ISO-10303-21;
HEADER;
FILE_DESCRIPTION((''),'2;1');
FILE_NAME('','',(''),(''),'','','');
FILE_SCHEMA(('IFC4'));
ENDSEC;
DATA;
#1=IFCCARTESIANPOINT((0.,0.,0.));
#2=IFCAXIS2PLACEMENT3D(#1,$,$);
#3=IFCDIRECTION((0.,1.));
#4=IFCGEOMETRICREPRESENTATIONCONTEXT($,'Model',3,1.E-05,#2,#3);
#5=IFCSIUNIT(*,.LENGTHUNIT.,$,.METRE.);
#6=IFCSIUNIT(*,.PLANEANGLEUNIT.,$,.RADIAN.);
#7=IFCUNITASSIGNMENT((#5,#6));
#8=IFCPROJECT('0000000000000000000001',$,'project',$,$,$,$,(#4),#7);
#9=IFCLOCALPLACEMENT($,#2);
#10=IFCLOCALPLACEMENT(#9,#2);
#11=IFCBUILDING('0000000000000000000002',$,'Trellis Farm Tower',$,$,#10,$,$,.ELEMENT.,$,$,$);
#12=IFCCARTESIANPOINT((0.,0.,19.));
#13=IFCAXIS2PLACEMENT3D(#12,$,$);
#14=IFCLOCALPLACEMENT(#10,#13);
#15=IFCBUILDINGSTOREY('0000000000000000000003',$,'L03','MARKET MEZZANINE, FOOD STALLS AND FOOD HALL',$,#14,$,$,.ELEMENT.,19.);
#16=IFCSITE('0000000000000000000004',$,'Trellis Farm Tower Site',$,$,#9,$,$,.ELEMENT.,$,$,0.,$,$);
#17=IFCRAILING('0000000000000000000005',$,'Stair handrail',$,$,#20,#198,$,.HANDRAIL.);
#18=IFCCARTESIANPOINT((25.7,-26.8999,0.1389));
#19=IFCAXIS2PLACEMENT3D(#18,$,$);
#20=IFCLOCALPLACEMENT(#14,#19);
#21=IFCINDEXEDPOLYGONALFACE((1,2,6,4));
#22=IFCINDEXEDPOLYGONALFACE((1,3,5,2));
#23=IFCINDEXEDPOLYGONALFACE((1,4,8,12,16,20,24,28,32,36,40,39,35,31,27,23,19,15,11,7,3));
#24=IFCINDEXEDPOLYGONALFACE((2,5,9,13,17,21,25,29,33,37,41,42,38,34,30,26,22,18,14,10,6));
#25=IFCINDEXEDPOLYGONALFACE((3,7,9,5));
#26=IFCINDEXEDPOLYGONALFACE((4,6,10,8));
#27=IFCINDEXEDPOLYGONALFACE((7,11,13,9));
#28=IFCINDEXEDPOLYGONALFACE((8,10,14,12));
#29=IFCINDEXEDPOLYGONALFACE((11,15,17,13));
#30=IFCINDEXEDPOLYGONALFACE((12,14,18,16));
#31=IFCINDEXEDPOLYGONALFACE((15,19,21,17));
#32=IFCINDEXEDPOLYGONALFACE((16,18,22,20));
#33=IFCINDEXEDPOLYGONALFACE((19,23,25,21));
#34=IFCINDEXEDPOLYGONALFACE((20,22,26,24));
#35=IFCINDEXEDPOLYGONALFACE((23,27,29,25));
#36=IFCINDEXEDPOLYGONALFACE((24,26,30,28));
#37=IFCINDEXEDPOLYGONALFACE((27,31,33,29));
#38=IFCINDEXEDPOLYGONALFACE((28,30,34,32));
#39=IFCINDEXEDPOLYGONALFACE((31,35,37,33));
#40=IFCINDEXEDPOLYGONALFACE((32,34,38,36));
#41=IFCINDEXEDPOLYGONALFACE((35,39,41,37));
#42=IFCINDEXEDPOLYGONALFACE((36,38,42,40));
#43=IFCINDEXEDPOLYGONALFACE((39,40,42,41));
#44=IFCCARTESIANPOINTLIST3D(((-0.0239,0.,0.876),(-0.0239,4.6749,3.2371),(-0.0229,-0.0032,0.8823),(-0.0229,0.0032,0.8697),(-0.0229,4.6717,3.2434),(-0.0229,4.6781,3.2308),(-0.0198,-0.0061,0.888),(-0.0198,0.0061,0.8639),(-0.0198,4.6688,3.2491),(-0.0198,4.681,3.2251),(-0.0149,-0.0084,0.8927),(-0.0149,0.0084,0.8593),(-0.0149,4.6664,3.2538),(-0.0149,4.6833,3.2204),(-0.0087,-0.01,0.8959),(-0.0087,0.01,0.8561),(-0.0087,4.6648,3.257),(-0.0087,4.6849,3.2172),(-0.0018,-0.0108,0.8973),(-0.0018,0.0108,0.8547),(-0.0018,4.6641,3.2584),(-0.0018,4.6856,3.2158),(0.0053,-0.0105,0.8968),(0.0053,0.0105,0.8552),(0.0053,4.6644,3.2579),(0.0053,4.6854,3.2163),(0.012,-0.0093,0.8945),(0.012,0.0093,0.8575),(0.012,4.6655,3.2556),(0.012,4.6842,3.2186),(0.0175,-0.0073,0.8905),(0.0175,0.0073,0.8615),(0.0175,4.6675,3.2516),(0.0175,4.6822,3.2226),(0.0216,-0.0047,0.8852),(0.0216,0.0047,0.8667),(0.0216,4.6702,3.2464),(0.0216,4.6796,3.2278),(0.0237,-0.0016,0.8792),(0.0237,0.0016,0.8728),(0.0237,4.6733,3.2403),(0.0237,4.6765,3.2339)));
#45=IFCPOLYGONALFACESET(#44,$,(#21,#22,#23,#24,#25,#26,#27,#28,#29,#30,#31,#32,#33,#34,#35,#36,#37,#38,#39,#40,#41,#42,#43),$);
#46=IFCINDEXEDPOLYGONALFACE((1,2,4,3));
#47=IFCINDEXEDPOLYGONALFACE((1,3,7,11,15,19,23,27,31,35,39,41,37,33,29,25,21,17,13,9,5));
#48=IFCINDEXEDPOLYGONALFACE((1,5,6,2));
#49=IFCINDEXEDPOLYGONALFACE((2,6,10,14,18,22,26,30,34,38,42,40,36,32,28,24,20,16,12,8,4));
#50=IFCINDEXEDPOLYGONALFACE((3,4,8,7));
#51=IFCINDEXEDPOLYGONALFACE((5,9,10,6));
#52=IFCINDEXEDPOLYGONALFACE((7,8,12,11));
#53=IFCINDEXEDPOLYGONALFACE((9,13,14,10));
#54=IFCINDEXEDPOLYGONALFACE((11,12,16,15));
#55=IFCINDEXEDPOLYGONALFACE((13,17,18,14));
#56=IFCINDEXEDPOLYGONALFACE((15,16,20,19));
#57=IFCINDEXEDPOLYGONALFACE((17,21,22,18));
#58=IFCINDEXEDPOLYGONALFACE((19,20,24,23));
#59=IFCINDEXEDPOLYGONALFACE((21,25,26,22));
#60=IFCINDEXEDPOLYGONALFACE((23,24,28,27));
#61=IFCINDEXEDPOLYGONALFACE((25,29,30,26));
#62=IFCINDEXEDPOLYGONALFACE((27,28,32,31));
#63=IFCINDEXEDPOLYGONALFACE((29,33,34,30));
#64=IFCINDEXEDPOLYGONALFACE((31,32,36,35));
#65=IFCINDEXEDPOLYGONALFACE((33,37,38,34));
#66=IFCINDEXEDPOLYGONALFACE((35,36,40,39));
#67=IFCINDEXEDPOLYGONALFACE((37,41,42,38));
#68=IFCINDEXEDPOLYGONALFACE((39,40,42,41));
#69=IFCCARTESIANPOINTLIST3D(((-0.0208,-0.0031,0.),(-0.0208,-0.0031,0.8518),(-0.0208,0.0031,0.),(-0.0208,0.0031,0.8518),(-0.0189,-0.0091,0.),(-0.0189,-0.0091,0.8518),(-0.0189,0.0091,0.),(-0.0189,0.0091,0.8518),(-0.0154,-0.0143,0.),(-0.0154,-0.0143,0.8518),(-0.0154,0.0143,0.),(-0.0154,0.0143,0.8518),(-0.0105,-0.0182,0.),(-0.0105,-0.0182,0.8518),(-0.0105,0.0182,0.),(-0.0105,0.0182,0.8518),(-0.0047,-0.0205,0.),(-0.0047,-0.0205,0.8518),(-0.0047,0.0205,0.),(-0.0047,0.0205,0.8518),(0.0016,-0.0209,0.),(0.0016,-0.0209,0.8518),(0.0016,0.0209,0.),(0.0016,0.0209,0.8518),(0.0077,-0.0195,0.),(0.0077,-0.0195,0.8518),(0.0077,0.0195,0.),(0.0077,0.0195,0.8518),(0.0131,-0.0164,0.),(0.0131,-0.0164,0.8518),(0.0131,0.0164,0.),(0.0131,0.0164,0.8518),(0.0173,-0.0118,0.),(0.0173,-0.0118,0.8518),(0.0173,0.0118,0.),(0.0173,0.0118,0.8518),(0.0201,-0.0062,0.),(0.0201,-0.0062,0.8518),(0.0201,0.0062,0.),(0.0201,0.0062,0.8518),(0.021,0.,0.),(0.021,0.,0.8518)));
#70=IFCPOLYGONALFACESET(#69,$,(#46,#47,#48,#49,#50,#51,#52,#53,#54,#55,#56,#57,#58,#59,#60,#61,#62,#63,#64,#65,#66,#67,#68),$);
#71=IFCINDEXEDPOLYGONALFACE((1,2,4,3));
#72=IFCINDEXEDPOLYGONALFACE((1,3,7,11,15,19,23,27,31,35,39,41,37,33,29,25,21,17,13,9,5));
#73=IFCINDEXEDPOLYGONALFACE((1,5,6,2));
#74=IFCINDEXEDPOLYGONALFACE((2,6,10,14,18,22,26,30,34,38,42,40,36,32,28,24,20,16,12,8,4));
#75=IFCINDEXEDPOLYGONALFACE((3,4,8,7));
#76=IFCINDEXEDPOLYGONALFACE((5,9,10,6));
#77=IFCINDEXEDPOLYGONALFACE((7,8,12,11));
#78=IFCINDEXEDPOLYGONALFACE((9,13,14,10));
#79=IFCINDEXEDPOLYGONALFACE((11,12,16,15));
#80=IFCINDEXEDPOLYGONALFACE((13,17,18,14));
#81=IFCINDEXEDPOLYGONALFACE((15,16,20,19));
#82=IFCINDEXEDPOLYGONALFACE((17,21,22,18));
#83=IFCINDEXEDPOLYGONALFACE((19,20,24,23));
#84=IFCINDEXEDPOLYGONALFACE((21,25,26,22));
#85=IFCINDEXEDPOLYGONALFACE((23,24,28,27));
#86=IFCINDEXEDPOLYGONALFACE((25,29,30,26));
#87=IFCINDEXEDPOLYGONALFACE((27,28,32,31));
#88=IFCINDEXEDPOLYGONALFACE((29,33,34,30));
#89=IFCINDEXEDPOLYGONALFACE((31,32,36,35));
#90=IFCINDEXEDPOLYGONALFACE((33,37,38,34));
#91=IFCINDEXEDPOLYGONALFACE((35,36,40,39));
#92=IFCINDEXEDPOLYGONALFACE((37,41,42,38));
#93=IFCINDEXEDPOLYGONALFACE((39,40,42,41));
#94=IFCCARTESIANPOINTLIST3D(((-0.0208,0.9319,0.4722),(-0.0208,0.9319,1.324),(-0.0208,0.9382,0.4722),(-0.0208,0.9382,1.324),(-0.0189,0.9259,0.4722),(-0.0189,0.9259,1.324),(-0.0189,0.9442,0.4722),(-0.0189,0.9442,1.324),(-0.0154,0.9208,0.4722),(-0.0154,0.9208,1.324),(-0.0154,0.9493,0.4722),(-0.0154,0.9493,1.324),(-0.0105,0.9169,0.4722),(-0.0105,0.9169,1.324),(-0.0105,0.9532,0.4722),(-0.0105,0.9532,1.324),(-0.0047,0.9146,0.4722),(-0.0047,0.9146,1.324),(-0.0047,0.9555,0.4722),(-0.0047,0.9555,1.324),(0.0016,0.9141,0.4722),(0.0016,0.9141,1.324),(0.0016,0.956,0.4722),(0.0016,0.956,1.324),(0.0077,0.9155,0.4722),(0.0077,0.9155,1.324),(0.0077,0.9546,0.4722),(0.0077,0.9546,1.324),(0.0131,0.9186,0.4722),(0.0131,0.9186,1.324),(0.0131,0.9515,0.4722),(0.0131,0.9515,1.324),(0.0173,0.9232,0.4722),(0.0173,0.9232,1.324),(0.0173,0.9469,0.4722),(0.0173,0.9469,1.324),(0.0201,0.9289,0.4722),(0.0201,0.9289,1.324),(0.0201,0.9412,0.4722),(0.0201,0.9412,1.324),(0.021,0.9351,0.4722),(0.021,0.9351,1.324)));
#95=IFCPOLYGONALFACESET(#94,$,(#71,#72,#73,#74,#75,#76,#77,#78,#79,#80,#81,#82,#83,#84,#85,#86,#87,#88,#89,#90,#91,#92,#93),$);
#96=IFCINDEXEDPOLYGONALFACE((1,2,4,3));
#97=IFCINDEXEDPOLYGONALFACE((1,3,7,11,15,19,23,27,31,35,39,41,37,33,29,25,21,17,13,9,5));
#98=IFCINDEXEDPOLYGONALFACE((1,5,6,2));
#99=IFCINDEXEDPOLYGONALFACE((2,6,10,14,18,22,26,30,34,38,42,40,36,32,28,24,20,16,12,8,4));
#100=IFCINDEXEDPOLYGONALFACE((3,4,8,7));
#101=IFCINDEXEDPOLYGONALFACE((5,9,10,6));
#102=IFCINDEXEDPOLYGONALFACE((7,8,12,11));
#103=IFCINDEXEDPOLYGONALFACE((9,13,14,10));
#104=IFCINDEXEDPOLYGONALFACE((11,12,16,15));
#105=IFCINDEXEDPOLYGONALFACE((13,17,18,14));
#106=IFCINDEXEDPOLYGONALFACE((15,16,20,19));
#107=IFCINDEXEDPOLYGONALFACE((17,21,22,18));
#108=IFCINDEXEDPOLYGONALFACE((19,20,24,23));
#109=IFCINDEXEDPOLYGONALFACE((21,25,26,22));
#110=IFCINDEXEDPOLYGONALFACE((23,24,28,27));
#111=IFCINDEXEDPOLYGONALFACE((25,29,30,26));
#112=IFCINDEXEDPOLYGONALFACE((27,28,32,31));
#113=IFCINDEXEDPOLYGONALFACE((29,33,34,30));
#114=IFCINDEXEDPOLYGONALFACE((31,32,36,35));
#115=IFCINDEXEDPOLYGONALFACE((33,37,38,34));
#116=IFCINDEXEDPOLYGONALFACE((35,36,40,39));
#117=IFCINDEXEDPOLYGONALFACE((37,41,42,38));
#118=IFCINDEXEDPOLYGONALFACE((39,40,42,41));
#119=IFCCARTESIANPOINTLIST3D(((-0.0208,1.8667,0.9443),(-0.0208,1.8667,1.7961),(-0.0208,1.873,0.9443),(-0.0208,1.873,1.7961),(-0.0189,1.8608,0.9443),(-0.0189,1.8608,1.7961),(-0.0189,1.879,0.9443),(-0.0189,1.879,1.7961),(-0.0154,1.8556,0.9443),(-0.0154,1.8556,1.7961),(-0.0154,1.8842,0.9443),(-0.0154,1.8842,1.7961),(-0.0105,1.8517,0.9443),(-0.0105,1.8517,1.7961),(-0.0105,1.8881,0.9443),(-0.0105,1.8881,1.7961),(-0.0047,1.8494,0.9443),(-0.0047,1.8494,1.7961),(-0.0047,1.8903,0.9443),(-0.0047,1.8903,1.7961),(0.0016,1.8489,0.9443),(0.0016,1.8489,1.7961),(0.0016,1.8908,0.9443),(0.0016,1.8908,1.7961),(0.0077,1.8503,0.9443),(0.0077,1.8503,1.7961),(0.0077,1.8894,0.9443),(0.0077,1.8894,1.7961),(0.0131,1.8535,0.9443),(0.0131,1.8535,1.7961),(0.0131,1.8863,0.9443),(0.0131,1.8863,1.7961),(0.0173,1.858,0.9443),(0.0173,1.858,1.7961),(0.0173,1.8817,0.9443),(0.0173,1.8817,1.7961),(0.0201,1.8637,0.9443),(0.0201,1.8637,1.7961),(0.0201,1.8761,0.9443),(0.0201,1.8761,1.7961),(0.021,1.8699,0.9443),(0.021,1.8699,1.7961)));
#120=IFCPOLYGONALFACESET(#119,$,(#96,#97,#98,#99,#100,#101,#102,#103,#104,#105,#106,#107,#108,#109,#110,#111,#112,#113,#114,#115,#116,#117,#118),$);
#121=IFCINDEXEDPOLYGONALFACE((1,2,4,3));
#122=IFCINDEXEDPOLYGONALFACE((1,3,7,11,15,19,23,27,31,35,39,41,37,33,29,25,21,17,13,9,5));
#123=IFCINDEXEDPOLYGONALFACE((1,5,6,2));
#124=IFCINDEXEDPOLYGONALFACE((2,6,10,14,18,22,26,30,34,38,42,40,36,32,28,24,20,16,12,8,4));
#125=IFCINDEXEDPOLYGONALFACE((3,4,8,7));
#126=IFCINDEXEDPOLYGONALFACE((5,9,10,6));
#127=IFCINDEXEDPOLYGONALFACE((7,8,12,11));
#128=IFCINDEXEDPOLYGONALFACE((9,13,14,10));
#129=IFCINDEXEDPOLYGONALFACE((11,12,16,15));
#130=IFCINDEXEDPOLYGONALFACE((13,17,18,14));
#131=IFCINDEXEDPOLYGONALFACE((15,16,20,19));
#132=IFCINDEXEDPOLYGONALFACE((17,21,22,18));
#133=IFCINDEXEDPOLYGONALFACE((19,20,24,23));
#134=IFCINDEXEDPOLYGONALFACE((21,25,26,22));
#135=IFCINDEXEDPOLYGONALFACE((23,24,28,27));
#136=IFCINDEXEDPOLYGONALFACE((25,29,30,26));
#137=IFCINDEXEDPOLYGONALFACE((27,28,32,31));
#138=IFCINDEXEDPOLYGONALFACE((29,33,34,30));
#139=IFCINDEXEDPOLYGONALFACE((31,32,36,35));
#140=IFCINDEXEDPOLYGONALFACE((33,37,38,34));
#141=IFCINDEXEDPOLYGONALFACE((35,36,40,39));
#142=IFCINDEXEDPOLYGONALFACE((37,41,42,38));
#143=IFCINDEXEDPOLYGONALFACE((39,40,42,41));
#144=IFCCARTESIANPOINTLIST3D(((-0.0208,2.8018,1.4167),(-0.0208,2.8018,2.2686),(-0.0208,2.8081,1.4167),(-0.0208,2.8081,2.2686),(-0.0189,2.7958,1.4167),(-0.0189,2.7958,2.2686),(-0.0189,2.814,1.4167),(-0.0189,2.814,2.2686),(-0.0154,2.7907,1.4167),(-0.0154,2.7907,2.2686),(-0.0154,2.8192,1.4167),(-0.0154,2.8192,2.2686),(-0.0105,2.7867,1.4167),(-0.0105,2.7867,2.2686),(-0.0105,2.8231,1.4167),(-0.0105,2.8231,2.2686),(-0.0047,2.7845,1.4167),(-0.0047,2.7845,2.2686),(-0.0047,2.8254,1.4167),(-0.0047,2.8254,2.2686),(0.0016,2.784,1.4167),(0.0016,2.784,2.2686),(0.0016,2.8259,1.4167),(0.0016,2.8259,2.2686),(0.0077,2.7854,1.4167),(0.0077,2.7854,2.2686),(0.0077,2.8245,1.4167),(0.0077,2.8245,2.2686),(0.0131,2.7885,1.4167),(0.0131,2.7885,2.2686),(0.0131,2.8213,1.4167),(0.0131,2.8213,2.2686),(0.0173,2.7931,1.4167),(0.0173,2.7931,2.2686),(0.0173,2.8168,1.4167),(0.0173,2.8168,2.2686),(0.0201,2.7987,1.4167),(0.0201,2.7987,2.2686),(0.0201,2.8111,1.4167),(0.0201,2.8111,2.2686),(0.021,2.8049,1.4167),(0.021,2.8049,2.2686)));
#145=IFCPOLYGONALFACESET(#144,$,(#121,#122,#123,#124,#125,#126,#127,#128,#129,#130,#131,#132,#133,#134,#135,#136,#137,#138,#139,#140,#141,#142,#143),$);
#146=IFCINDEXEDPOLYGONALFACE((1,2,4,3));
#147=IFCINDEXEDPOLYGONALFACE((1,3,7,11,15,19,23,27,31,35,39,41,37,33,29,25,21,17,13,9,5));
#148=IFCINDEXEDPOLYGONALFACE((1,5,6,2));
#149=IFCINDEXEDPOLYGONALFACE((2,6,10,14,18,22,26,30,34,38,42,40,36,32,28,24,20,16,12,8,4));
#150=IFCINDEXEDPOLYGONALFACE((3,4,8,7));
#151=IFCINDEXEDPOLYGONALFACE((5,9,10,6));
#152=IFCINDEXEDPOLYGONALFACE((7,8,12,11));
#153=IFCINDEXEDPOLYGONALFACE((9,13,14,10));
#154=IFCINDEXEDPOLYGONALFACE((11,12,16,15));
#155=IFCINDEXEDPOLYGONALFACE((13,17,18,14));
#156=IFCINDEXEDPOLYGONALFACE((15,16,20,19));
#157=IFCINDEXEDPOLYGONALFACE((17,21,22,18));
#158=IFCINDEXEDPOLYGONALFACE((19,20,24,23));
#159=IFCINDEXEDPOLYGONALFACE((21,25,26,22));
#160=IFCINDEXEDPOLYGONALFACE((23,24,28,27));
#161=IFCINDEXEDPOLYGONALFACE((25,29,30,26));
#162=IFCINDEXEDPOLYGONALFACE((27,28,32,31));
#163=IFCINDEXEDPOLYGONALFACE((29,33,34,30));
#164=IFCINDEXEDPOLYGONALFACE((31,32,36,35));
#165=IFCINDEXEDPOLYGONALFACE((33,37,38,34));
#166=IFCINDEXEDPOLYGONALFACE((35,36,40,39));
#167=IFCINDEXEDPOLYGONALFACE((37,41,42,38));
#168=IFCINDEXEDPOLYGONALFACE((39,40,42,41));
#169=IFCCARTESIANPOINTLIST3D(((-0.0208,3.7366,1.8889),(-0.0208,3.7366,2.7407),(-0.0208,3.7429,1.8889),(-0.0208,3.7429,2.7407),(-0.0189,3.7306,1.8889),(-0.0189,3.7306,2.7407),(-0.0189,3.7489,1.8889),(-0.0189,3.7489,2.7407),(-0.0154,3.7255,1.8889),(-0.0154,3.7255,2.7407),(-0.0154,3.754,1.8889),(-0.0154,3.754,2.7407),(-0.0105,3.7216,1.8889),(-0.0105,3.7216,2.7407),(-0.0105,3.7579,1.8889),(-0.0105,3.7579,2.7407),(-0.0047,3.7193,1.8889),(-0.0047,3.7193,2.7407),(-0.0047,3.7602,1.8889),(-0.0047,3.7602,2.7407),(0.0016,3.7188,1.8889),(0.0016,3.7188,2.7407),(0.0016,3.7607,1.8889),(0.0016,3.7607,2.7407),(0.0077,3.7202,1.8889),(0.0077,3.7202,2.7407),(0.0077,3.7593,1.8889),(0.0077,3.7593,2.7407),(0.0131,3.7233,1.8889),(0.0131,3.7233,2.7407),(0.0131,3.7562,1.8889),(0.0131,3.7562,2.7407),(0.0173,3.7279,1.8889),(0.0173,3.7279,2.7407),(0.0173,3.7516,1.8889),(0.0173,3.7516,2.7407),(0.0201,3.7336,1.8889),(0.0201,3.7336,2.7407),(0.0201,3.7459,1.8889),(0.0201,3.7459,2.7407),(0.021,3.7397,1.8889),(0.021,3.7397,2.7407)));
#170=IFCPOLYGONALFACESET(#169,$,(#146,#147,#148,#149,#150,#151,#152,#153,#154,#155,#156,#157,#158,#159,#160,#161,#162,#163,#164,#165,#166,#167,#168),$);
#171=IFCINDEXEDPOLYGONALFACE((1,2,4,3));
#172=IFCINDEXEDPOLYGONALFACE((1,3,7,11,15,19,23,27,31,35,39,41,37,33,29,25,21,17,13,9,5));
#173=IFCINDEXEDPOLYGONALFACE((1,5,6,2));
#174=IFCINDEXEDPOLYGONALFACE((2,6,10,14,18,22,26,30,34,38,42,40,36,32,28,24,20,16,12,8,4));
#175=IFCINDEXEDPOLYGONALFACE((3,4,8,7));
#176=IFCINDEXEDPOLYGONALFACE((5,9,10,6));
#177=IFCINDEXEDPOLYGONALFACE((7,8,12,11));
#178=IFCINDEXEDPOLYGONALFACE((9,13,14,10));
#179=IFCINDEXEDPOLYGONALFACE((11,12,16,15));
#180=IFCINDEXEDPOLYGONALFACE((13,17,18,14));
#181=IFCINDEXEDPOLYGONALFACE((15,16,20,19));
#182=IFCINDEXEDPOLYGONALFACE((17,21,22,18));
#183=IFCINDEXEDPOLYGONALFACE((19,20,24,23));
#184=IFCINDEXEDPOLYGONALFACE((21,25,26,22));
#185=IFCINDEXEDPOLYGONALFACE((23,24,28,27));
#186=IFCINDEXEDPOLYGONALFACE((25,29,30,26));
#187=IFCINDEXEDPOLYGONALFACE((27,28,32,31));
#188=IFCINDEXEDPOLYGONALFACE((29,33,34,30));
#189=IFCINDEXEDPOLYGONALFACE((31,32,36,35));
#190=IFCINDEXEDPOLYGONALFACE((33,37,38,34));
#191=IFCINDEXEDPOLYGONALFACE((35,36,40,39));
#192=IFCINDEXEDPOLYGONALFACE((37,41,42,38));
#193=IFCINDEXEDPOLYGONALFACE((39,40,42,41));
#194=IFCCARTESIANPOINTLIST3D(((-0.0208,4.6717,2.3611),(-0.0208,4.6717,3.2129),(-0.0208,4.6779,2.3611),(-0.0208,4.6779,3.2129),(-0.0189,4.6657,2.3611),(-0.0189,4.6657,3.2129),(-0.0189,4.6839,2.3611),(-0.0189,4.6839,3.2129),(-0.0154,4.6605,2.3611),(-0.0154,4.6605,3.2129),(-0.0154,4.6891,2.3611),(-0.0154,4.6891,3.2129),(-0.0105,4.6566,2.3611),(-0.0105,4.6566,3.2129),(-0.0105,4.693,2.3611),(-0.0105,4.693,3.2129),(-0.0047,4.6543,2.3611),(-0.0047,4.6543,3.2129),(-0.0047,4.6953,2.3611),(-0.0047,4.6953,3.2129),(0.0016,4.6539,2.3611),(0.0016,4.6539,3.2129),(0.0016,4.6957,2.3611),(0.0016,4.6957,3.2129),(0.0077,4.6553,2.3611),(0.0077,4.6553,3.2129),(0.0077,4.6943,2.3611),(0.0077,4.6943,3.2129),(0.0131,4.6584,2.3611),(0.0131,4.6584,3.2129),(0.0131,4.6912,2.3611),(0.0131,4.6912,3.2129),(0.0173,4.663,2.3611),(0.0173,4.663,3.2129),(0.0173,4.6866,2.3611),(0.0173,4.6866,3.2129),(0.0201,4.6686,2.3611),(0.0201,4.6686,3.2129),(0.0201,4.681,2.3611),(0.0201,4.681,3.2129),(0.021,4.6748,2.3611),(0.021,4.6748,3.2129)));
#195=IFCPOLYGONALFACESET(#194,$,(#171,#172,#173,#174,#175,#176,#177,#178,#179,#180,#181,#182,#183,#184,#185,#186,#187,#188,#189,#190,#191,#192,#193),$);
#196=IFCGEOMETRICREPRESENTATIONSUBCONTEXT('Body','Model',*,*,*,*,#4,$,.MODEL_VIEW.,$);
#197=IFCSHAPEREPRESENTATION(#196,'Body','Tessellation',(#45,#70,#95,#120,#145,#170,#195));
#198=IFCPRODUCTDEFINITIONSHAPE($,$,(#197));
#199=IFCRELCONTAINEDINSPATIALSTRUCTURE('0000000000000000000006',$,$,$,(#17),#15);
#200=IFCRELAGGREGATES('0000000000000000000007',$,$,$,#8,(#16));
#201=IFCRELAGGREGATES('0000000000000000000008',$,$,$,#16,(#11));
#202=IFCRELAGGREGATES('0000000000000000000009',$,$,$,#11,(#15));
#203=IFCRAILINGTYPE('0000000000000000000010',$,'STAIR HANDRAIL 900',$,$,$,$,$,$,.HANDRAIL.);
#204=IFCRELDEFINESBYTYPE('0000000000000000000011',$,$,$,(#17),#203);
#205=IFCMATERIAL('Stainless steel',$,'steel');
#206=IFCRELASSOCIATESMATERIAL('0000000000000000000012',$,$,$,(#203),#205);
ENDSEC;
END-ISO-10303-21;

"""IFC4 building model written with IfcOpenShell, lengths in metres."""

from ifc_helpers import new_model, si_unit, direction, frame, origin, origin_2d, place, context, subcontext, project, spatial, circle, extrude, source, transform, mapped, material, type_object, element, save


model = new_model("IFC4")

# Units and contexts
model_context = context("Model", 3, precision=1e-05, world=origin(), true_north=direction((0.0, 1.0)))
body_context = subcontext(model_context, "Body", "Model", "MODEL_VIEW")
ifc_project = project(units=[si_unit("LENGTHUNIT", "METRE"), si_unit("PLANEANGLEUNIT", "RADIAN")], contexts=[model_context])

# Site, building, storey
site_placement = place(None, origin())
site = spatial("IfcSite", under=ifc_project, at=site_placement, Name="Trellis Farm Tower Site", CompositionType="ELEMENT", RefElevation=0.0)
building_placement = place(site_placement, origin())
building = spatial("IfcBuilding", under=site, at=building_placement, Name="Trellis Farm Tower", CompositionType="ELEMENT")
storey_placement = place(building_placement, frame((0.0, 0.0, 19.0)))
storey = spatial("IfcBuildingStorey", under=building, at=storey_placement, Name="L03", Description="MARKET MEZZANINE, FOOD STALLS AND FOOD HALL", CompositionType="ELEMENT", Elevation=19.0)

# Railing
ifc_material_1 = material(Name="Stainless steel", Category="steel")
railing_type = type_object("IfcRailingType", Name="STAIR HANDRAIL 900", PredefinedType="HANDRAIL", material=ifc_material_1)
shared_shape_1 = source(origin(), body_context, "Body", "SweptSolid", [
    extrude(circle(Radius=0.0239, at=origin_2d()), frame((0.0, 0.0, 0.876), z_axis=(0.0, 0.892611, 0.450827), x_axis=(-1.0, 0.0, 0.0)), (0.0, 0.0, 1.0), 5.2373),
    extrude(circle(Radius=0.021, at=origin_2d()), origin(), (0.0, 0.0, 1.0), 0.8518),
    extrude(circle(Radius=0.021, at=origin_2d()), frame((0.0, 0.9351, 0.4722)), (0.0, 0.0, 1.0), 0.8518),
    extrude(circle(Radius=0.021, at=origin_2d()), frame((0.0, 1.8699, 0.9443)), (0.0, 0.0, 1.0), 0.8518),
    extrude(circle(Radius=0.021, at=origin_2d()), frame((0.0, 2.8049, 1.4167)), (0.0, 0.0, 1.0), 0.8518),
    extrude(circle(Radius=0.021, at=origin_2d()), frame((0.0, 3.7397, 1.8889)), (0.0, 0.0, 1.0), 0.8518),
    extrude(circle(Radius=0.021, at=origin_2d()), frame((0.0, 4.6748, 2.3611)), (0.0, 0.0, 1.0), 0.8518),
])
for number, where, name in (
    (1, (25.7, -26.8999, 0.1389), "Stair handrail"),
):
    element("IfcRailing", number, at=place(storey_placement, frame(where)), inside=storey, type_object=railing_type, Name=name, PredefinedType="HANDRAIL", context=body_context, shape_type="MappedRepresentation", body=[
        mapped(shared_shape_1, transform((0.0, 0.0, 0.0))),
    ])

save(model, "model.ifc")
